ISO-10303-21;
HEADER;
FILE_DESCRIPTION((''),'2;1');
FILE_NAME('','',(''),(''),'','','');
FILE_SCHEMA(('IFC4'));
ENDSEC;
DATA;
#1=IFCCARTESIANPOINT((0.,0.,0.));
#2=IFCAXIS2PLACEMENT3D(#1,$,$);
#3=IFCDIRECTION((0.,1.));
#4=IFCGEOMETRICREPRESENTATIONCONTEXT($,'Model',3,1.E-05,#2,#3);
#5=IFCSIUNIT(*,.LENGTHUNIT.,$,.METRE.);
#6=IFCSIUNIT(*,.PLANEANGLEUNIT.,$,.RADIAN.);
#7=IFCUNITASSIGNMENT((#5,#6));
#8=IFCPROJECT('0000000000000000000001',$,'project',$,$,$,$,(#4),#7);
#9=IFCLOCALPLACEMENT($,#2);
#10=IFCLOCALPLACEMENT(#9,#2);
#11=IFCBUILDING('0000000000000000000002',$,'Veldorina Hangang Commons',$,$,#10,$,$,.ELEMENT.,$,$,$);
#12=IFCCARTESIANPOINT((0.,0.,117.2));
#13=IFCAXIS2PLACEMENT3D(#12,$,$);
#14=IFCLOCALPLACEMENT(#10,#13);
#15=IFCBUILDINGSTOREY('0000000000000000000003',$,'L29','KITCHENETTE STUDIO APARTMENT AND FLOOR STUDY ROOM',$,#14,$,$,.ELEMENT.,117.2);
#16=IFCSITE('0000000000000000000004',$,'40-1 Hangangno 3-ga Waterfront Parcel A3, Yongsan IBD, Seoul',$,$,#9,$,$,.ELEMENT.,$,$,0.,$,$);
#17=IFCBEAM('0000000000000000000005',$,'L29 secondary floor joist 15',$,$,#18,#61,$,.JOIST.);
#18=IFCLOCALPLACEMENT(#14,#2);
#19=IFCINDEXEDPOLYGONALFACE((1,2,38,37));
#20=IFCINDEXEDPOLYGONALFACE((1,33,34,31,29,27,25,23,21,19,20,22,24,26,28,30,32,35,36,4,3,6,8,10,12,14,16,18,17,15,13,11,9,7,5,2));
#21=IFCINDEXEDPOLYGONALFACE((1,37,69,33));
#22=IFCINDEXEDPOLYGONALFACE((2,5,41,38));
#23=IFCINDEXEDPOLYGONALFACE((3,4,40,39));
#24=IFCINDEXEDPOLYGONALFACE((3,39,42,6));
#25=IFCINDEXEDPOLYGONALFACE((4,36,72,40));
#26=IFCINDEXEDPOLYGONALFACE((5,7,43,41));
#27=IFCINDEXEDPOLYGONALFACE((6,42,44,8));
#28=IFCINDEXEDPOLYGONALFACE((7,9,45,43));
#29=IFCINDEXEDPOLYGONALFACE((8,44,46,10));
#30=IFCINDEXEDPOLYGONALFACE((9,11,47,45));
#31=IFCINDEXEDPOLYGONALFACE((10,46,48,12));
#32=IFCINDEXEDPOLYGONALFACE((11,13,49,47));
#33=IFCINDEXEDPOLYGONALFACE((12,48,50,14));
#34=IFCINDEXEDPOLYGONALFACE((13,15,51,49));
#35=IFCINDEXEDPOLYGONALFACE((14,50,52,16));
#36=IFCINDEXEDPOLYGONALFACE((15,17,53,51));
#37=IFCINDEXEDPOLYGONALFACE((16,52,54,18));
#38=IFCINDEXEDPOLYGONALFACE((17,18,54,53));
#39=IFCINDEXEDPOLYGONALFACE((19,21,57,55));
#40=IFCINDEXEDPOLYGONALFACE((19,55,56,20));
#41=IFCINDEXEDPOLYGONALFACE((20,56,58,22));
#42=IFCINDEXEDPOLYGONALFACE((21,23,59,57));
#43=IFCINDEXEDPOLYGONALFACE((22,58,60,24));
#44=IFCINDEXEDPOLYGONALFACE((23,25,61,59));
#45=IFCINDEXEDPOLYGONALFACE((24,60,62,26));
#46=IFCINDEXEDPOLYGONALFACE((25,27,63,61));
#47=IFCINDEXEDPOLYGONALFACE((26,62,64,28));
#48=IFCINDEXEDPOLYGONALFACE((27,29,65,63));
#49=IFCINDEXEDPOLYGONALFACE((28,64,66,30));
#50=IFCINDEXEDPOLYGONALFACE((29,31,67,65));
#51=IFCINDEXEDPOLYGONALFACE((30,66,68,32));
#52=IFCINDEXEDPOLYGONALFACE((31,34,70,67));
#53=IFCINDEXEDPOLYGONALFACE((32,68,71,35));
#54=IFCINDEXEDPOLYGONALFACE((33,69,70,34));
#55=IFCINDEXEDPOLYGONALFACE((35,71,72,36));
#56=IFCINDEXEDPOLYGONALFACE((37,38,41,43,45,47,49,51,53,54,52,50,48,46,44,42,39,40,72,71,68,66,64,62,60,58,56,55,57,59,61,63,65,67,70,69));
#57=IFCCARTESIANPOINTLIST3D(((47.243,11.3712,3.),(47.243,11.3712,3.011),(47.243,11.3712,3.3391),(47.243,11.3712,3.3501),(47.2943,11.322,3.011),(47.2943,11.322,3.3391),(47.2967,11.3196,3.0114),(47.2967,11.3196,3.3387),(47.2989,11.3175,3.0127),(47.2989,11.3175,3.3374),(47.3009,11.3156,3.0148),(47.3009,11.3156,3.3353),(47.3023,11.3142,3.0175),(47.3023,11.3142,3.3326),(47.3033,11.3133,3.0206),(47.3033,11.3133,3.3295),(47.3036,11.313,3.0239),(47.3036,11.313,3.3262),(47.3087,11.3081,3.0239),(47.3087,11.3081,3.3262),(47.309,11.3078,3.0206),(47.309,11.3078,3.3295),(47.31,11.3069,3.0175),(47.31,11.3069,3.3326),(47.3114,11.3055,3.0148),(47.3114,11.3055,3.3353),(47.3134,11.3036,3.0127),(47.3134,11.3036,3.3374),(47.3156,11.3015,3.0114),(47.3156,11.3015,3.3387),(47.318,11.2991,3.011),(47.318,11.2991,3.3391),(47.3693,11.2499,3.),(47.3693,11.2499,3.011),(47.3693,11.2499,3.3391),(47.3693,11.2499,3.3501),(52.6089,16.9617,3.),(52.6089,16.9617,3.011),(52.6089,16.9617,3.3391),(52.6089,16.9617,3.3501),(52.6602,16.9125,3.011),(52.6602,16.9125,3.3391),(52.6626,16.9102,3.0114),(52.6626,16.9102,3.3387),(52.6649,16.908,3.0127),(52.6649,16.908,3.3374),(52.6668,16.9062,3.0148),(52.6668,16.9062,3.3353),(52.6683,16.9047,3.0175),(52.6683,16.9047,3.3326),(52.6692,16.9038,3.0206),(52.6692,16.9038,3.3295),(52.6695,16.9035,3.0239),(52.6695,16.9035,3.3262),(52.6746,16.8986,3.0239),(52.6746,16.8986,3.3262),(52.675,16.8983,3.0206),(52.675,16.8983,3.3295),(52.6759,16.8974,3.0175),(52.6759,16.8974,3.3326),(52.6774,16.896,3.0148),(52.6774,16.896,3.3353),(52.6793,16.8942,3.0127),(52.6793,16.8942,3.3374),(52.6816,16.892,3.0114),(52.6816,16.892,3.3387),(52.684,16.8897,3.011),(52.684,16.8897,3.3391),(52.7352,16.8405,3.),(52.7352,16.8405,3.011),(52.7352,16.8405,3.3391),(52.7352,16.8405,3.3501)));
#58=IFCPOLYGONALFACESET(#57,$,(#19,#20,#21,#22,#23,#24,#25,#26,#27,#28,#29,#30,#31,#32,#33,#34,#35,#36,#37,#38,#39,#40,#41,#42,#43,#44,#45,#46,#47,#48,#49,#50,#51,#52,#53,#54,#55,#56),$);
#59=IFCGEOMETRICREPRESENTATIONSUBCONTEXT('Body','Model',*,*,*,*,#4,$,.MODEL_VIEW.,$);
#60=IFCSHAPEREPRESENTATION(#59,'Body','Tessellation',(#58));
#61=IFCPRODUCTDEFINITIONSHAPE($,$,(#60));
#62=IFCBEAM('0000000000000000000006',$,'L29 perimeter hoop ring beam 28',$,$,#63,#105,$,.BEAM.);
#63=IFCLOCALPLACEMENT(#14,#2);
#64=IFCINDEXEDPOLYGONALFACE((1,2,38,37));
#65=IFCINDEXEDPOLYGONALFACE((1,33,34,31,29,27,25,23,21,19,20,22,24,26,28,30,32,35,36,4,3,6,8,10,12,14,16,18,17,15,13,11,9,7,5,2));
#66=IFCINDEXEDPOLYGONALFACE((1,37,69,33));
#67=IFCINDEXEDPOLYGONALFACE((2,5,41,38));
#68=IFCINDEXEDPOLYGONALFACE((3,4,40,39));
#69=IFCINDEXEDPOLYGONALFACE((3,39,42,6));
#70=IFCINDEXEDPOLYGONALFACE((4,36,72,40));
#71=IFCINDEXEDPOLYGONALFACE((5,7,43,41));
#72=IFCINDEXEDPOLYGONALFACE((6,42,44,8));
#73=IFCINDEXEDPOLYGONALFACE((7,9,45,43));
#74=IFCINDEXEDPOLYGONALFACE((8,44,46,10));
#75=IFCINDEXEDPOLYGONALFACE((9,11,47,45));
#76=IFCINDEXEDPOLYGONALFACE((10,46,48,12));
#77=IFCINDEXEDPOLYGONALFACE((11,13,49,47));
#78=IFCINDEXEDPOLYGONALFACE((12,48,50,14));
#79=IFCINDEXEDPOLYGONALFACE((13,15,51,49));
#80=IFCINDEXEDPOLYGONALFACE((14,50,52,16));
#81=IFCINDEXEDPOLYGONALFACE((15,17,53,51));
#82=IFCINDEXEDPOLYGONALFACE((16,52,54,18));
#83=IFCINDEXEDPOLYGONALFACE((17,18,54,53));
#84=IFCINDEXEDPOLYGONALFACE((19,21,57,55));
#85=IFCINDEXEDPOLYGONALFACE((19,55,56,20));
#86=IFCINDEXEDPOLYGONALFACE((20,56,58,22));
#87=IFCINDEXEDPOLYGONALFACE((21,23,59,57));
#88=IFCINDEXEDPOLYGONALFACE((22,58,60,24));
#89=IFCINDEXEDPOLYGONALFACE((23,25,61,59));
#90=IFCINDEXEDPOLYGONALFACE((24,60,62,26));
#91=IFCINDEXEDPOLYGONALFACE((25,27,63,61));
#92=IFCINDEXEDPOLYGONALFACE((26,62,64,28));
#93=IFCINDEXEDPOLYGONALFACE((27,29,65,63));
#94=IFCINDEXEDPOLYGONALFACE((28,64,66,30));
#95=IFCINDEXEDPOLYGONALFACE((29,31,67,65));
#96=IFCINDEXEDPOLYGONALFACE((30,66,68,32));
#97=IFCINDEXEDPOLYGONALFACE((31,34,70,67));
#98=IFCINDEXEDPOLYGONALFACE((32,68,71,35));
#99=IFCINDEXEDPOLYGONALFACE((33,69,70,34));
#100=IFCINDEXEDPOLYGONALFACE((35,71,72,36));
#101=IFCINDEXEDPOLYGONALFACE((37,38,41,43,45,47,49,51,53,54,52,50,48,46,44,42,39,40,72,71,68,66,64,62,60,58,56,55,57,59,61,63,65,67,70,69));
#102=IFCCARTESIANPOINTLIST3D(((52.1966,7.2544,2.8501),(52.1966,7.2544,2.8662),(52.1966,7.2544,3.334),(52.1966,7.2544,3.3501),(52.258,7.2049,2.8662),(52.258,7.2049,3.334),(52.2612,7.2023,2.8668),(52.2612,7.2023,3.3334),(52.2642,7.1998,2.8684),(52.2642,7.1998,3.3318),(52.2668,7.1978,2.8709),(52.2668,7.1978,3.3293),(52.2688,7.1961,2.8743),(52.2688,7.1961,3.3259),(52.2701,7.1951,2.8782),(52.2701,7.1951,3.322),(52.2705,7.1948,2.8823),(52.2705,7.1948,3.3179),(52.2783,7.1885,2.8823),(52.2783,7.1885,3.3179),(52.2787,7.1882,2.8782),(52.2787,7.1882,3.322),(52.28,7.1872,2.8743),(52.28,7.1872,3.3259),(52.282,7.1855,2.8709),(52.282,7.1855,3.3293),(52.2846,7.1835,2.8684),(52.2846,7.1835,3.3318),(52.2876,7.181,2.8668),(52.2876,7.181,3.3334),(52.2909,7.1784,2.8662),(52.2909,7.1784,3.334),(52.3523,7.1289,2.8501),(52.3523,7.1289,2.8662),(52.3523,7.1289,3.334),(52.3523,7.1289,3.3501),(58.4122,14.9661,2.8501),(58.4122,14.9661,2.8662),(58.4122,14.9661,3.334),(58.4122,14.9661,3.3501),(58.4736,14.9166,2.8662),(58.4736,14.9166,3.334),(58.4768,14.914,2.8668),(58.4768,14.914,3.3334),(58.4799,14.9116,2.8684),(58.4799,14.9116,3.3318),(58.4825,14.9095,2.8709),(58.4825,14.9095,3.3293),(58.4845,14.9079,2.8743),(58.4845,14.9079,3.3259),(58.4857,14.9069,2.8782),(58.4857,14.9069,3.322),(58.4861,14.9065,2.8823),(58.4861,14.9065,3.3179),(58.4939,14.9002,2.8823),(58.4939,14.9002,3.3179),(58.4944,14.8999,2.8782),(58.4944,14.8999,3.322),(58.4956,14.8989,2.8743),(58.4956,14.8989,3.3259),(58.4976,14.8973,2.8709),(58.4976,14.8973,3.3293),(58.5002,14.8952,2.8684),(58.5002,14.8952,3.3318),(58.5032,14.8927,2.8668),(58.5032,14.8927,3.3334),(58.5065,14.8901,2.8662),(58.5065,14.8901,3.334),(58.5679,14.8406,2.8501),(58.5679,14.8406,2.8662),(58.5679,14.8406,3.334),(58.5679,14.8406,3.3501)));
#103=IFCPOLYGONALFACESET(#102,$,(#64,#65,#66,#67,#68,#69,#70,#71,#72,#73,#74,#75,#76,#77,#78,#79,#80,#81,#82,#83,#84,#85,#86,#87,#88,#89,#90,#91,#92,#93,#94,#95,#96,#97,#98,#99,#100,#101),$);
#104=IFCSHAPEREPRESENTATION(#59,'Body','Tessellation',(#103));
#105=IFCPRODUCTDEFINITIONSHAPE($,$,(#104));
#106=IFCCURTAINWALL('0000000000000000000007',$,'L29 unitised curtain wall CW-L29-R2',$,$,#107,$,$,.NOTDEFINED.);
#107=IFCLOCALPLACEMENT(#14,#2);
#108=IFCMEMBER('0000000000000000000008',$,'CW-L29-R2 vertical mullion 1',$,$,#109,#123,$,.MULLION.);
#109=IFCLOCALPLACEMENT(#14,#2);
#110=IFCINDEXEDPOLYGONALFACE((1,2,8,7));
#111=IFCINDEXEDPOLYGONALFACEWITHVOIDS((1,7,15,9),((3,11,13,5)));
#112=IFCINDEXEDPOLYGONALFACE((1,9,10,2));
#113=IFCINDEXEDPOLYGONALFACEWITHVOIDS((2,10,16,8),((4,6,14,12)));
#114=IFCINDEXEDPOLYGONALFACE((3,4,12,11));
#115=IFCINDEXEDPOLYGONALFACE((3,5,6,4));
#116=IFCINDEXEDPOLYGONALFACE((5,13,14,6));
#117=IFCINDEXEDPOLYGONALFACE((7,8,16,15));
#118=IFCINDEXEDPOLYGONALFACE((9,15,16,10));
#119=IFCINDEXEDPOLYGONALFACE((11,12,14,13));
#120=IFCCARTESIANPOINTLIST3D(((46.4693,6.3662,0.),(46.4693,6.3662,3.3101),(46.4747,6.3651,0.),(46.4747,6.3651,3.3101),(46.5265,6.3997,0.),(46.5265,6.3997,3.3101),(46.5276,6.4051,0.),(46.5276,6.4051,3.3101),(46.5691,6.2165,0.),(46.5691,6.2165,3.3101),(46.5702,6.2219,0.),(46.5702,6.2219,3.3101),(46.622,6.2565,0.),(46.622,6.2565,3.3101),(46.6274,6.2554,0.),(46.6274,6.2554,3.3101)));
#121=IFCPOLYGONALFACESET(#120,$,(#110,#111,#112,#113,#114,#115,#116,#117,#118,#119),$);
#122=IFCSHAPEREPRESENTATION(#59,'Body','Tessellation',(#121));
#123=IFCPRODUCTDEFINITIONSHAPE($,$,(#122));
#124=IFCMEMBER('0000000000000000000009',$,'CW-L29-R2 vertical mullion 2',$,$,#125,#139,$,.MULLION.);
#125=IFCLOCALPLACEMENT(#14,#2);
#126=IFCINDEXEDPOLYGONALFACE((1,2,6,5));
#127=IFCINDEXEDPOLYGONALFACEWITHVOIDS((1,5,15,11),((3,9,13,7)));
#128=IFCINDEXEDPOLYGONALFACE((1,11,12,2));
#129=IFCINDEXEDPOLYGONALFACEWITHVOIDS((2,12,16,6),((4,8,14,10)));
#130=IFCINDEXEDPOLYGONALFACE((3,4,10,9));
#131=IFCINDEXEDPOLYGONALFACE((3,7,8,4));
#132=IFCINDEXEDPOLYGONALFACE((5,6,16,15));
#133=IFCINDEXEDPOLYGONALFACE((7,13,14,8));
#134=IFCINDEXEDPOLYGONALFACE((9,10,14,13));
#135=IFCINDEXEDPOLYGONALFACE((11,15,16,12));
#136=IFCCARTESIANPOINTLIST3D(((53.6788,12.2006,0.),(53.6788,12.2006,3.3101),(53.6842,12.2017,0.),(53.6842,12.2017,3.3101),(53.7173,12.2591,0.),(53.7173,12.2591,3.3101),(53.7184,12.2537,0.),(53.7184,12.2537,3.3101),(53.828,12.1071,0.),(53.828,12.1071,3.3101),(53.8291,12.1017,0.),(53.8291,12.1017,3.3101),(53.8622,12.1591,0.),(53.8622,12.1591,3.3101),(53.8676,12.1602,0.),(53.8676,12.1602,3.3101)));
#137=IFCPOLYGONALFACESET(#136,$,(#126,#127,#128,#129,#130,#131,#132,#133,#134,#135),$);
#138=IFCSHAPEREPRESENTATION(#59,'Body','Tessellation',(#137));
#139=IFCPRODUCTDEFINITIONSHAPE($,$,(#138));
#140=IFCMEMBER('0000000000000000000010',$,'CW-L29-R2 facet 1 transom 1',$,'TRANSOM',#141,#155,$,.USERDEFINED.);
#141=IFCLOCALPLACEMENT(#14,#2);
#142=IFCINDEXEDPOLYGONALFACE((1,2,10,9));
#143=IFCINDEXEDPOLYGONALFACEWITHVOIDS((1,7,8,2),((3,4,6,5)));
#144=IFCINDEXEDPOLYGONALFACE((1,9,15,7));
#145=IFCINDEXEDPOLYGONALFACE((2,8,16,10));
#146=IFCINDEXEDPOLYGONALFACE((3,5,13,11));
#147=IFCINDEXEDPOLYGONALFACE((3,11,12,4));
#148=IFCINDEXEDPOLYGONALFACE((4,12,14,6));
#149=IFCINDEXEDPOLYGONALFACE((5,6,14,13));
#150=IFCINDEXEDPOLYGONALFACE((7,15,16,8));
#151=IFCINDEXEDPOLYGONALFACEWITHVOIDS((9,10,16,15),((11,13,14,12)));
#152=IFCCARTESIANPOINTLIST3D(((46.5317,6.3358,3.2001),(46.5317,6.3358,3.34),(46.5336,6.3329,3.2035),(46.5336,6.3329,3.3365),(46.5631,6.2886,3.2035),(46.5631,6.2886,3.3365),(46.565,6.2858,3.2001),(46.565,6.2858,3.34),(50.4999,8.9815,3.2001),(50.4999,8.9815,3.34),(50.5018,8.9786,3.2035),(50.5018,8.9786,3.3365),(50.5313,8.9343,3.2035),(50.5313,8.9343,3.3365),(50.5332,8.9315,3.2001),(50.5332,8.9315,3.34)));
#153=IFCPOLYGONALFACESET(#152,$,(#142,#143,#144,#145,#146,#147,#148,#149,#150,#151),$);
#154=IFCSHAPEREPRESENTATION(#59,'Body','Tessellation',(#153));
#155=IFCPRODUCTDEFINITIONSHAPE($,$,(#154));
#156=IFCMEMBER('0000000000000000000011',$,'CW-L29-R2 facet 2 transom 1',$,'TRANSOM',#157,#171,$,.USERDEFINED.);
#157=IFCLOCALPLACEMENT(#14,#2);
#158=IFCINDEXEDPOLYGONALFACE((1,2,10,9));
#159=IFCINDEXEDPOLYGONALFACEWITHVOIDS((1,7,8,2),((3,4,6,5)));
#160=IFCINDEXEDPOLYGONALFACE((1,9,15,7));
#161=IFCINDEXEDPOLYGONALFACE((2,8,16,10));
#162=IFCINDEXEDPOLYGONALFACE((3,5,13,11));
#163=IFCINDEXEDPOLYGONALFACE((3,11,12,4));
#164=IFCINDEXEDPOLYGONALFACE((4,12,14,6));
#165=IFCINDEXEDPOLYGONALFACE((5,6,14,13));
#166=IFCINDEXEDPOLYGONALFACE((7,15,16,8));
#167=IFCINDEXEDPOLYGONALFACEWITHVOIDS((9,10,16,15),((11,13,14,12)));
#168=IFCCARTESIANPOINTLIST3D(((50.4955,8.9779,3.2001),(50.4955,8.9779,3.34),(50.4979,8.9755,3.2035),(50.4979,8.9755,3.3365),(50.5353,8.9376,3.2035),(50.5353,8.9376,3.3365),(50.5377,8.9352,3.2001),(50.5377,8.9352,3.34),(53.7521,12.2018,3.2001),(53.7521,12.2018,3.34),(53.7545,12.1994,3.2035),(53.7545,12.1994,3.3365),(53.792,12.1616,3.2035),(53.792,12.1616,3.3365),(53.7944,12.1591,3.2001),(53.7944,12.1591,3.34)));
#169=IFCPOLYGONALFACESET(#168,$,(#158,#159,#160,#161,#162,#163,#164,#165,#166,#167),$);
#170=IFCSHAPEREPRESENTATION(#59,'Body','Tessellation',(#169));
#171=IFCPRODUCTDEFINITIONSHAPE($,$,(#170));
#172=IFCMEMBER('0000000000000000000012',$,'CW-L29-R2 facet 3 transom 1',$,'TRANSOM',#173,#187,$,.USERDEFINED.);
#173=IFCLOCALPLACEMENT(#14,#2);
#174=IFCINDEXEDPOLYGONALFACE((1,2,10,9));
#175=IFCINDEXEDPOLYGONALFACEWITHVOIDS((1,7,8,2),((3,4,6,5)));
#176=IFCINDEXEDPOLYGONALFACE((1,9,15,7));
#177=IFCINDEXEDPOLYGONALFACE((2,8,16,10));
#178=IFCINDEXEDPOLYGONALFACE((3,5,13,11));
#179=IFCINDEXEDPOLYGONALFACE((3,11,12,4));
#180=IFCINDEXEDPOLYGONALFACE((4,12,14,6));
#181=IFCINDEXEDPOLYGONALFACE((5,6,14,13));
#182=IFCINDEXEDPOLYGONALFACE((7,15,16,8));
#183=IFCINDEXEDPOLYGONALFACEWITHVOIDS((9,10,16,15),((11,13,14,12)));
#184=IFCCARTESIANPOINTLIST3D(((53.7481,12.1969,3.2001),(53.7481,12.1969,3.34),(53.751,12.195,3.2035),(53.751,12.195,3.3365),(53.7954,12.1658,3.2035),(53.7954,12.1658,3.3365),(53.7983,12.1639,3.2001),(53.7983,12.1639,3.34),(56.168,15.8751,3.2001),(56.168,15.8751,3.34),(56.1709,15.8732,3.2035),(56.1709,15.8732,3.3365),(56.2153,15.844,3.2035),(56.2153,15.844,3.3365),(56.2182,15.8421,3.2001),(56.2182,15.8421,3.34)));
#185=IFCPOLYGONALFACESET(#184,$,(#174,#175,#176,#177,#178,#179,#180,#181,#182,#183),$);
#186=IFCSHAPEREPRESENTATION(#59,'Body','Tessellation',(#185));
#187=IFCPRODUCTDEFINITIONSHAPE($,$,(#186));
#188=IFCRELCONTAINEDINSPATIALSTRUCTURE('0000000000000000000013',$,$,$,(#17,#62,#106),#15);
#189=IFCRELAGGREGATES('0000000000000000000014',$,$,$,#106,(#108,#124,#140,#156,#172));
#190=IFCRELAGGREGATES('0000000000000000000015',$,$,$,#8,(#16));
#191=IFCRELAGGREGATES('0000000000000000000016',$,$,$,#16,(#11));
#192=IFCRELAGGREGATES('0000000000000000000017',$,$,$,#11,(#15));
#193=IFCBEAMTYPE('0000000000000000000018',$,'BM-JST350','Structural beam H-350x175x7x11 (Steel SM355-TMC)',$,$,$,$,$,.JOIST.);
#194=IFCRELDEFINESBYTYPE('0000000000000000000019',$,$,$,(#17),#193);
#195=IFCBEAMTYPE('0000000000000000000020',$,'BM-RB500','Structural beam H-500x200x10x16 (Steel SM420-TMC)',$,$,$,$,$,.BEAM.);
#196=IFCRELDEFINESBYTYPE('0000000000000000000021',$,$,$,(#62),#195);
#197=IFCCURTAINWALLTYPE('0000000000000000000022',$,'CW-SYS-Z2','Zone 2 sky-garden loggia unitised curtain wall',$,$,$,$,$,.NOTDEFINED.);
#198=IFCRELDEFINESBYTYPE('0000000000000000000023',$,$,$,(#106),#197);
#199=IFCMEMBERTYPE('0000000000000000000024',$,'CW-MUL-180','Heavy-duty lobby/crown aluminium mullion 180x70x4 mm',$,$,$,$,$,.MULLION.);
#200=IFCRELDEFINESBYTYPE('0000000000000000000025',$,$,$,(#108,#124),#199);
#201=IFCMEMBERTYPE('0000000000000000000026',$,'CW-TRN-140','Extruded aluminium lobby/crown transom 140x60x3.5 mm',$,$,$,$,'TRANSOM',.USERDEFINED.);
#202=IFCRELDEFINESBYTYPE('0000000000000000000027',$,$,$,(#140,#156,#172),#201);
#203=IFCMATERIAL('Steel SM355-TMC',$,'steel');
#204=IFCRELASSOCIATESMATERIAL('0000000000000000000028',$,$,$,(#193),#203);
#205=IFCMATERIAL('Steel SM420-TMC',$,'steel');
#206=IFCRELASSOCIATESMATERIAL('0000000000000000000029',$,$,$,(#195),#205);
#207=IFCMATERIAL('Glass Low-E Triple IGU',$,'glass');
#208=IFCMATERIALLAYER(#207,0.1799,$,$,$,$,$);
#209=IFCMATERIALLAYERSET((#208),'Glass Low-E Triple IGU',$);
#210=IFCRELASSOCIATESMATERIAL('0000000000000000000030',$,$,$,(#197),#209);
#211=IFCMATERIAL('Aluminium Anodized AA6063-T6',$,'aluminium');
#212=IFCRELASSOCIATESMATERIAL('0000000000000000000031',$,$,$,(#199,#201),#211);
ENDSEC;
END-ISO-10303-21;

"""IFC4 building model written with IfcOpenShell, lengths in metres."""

from ifc_helpers import new_model, si_unit, direction, frame, origin, origin_2d, place, context, subcontext, project, spatial, hollow_rectangle, i_section, extrude, material, layer, layer_set, material_profile, profile_set, type_object, element, aggregate, save


model = new_model("IFC4")

# Units and contexts
model_context = context("Model", 3, precision=1e-05, world=origin(), true_north=direction((0.0, 1.0)))
body_context = subcontext(model_context, "Body", "Model", "MODEL_VIEW")
ifc_project = project(units=[si_unit("LENGTHUNIT", "METRE"), si_unit("PLANEANGLEUNIT", "RADIAN")], contexts=[model_context])

# Site, building, storey
site_placement = place(None, origin())
site = spatial("IfcSite", under=ifc_project, at=site_placement, Name="40-1 Hangangno 3-ga Waterfront Parcel A3, Yongsan IBD, Seoul", CompositionType="ELEMENT", RefElevation=0.0)
building_placement = place(site_placement, origin())
building = spatial("IfcBuilding", under=site, at=building_placement, Name="Veldorina Hangang Commons", CompositionType="ELEMENT")
storey_placement = place(building_placement, frame((0.0, 0.0, 117.2)))
storey = spatial("IfcBuildingStorey", under=building, at=storey_placement, Name="L29", Description="KITCHENETTE STUDIO APARTMENT AND FLOOR STUDY ROOM", CompositionType="ELEMENT", Elevation=117.2)

# Beams
ifc_material_1 = material(Name="Steel SM355-TMC", Category="steel")
ifc_material_profile_1 = material_profile(ifc_material_1, i_section(OverallWidth=0.175, OverallDepth=0.3501, WebThickness=0.0071, FlangeThickness=0.011, FilletRadius=0.0129, at=origin_2d()), Name="H-350x175x7x11")
ifc_profile_set_1 = profile_set([ifc_material_profile_1], Name="Steel SM355-TMC")
beam_type_1 = type_object("IfcBeamType", Name="BM-JST350", Description="Structural beam H-350x175x7x11 (Steel SM355-TMC)", PredefinedType="JOIST", material=ifc_profile_set_1)
beam_1_placement = place(storey_placement, frame((47.3062, 11.3105, 3.175), z_axis=(0.692466, 0.721451, 0.0), x_axis=(-0.721451, 0.692466, 0.0)))
element("IfcBeam", 1, at=beam_1_placement, inside=storey, type_object=beam_type_1, Name="L29 secondary floor joist 15", PredefinedType="JOIST", context=body_context, shape_type="SweptSolid", body=[
    extrude(i_section(OverallWidth=0.175, OverallDepth=0.3501, WebThickness=0.0071, FlangeThickness=0.011, FilletRadius=0.0129, at=origin_2d()), origin(), (0.0, 0.0, 1.0), 7.749),
])
ifc_material_2 = material(Name="Steel SM420-TMC", Category="steel")
ifc_material_profile_2 = material_profile(ifc_material_2, i_section(OverallWidth=0.2, OverallDepth=0.5, WebThickness=0.01, FlangeThickness=0.0161, FilletRadius=0.0161, at=origin_2d()), Name="H-500x200x10x16")
ifc_profile_set_2 = profile_set([ifc_material_profile_2], Name="Steel SM420-TMC")
beam_type_2 = type_object("IfcBeamType", Name="BM-RB500", Description="Structural beam H-500x200x10x16 (Steel SM420-TMC)", PredefinedType="BEAM", material=ifc_profile_set_2)
beam_2_placement = place(storey_placement, frame((52.2744, 7.1917, 3.1001), z_axis=(0.627538, 0.778586, 0.0), x_axis=(-0.778586, 0.627538, 0.0)))
element("IfcBeam", 2, at=beam_2_placement, inside=storey, type_object=beam_type_2, Name="L29 perimeter hoop ring beam 28", PredefinedType="BEAM", context=body_context, shape_type="SweptSolid", body=[
    extrude(i_section(OverallWidth=0.2, OverallDepth=0.5, WebThickness=0.01, FlangeThickness=0.0161, FilletRadius=0.0161, at=origin_2d()), origin(), (0.0, 0.0, 1.0), 9.9048),
])

# Curtain wall, members
ifc_material_3 = material(Name="Glass Low-E Triple IGU", Category="glass")
ifc_layer_1 = layer(ifc_material_3, 0.1799)
ifc_layer_set_1 = layer_set([ifc_layer_1], Name="Glass Low-E Triple IGU")
curtain_wall_type = type_object("IfcCurtainWallType", Name="CW-SYS-Z2", Description="Zone 2 sky-garden loggia unitised curtain wall", PredefinedType="NOTDEFINED", material=ifc_layer_set_1)
curtain_wall_placement = place(storey_placement, origin())
curtain_wall = element("IfcCurtainWall", 3, at=curtain_wall_placement, inside=storey, type_object=curtain_wall_type, Name="L29 unitised curtain wall CW-L29-R2", PredefinedType="NOTDEFINED")
ifc_material_4 = material(Name="Aluminium Anodized AA6063-T6", Category="aluminium")
ifc_material_profile_3 = material_profile(ifc_material_4, hollow_rectangle(XDim=0.0701, YDim=0.1799, WallThickness=0.0039, at=origin_2d()), Name="ALU-RHS-180x70x4")
ifc_profile_set_3 = profile_set([ifc_material_profile_3], Name="Aluminium Anodized AA6063-T6")
member_type_1 = type_object("IfcMemberType", Name="CW-MUL-180", Description="Heavy-duty lobby/crown aluminium mullion 180x70x4 mm", PredefinedType="MULLION", material=ifc_profile_set_3)
member_1_placement = place(storey_placement, frame((46.5483, 6.3108, 0.0), z_axis=(0.0, 0.0, 1.0), x_axis=(0.832022, 0.554743, 0.0)))
member_1 = element("IfcMember", 4, at=member_1_placement, type_object=member_type_1, Name="CW-L29-R2 vertical mullion 1", PredefinedType="MULLION", context=body_context, shape_type="SweptSolid", body=[
    extrude(hollow_rectangle(XDim=0.0701, YDim=0.1799, WallThickness=0.0039, at=origin_2d()), origin(), (0.0, 0.0, 1.0), 3.3101),
])
member_2_placement = place(storey_placement, frame((53.7732, 12.1804, 0.0), z_axis=(0.0, 0.0, 1.0), x_axis=(0.549635, 0.835405, 0.0)))
member_2 = element("IfcMember", 5, at=member_2_placement, type_object=member_type_1, Name="CW-L29-R2 vertical mullion 2", PredefinedType="MULLION", context=body_context, shape_type="SweptSolid", body=[
    extrude(hollow_rectangle(XDim=0.0701, YDim=0.1799, WallThickness=0.0039, at=origin_2d()), origin(), (0.0, 0.0, 1.0), 3.3101),
])
ifc_material_profile_4 = material_profile(ifc_material_4, hollow_rectangle(XDim=0.0601, YDim=0.1399, WallThickness=0.0034, at=origin_2d()), Name="ALU-RHS-140x60x3.5")
ifc_profile_set_4 = profile_set([ifc_material_profile_4], Name="Aluminium Anodized AA6063-T6")
member_type_2 = type_object("IfcMemberType", Name="CW-TRN-140", Description="Extruded aluminium lobby/crown transom 140x60x3.5 mm", ElementType="TRANSOM", PredefinedType="USERDEFINED", material=ifc_profile_set_4)
member_3_placement = place(storey_placement, frame((46.5483, 6.3108, 3.27), z_axis=(0.832027, 0.554736, 0.0), x_axis=(-0.554736, 0.832027, 0.0)))
member_3 = element("IfcMember", 6, at=member_3_placement, type_object=member_type_2, Name="CW-L29-R2 facet 1 transom 1", ObjectType="TRANSOM", PredefinedType="USERDEFINED", context=body_context, shape_type="SweptSolid", body=[
    extrude(hollow_rectangle(XDim=0.0601, YDim=0.1399, WallThickness=0.0034, at=origin_2d()), origin(), (0.0, 0.0, 1.0), 4.7693),
])
member_4_placement = place(storey_placement, frame((50.5166, 8.9565, 3.27), z_axis=(0.710667, 0.703528, 0.0), x_axis=(-0.703528, 0.710667, 0.0)))
member_4 = element("IfcMember", 7, at=member_4_placement, type_object=member_type_2, Name="CW-L29-R2 facet 2 transom 1", ObjectType="TRANSOM", PredefinedType="USERDEFINED", context=body_context, shape_type="SweptSolid", body=[
    extrude(hollow_rectangle(XDim=0.0601, YDim=0.1399, WallThickness=0.0034, at=origin_2d()), origin(), (0.0, 0.0, 1.0), 4.5825),
])
member_5_placement = place(storey_placement, frame((53.7732, 12.1804, 3.27), z_axis=(0.549623, 0.835413, 0.0), x_axis=(-0.835413, 0.549623, 0.0)))
member_5 = element("IfcMember", 8, at=member_5_placement, type_object=member_type_2, Name="CW-L29-R2 facet 3 transom 1", ObjectType="TRANSOM", PredefinedType="USERDEFINED", context=body_context, shape_type="SweptSolid", body=[
    extrude(hollow_rectangle(XDim=0.0601, YDim=0.1399, WallThickness=0.0034, at=origin_2d()), origin(), (0.0, 0.0, 1.0), 4.4028),
])

aggregate(curtain_wall, [member_1, member_2, member_3, member_4, member_5])

save(model, "model.ifc")
